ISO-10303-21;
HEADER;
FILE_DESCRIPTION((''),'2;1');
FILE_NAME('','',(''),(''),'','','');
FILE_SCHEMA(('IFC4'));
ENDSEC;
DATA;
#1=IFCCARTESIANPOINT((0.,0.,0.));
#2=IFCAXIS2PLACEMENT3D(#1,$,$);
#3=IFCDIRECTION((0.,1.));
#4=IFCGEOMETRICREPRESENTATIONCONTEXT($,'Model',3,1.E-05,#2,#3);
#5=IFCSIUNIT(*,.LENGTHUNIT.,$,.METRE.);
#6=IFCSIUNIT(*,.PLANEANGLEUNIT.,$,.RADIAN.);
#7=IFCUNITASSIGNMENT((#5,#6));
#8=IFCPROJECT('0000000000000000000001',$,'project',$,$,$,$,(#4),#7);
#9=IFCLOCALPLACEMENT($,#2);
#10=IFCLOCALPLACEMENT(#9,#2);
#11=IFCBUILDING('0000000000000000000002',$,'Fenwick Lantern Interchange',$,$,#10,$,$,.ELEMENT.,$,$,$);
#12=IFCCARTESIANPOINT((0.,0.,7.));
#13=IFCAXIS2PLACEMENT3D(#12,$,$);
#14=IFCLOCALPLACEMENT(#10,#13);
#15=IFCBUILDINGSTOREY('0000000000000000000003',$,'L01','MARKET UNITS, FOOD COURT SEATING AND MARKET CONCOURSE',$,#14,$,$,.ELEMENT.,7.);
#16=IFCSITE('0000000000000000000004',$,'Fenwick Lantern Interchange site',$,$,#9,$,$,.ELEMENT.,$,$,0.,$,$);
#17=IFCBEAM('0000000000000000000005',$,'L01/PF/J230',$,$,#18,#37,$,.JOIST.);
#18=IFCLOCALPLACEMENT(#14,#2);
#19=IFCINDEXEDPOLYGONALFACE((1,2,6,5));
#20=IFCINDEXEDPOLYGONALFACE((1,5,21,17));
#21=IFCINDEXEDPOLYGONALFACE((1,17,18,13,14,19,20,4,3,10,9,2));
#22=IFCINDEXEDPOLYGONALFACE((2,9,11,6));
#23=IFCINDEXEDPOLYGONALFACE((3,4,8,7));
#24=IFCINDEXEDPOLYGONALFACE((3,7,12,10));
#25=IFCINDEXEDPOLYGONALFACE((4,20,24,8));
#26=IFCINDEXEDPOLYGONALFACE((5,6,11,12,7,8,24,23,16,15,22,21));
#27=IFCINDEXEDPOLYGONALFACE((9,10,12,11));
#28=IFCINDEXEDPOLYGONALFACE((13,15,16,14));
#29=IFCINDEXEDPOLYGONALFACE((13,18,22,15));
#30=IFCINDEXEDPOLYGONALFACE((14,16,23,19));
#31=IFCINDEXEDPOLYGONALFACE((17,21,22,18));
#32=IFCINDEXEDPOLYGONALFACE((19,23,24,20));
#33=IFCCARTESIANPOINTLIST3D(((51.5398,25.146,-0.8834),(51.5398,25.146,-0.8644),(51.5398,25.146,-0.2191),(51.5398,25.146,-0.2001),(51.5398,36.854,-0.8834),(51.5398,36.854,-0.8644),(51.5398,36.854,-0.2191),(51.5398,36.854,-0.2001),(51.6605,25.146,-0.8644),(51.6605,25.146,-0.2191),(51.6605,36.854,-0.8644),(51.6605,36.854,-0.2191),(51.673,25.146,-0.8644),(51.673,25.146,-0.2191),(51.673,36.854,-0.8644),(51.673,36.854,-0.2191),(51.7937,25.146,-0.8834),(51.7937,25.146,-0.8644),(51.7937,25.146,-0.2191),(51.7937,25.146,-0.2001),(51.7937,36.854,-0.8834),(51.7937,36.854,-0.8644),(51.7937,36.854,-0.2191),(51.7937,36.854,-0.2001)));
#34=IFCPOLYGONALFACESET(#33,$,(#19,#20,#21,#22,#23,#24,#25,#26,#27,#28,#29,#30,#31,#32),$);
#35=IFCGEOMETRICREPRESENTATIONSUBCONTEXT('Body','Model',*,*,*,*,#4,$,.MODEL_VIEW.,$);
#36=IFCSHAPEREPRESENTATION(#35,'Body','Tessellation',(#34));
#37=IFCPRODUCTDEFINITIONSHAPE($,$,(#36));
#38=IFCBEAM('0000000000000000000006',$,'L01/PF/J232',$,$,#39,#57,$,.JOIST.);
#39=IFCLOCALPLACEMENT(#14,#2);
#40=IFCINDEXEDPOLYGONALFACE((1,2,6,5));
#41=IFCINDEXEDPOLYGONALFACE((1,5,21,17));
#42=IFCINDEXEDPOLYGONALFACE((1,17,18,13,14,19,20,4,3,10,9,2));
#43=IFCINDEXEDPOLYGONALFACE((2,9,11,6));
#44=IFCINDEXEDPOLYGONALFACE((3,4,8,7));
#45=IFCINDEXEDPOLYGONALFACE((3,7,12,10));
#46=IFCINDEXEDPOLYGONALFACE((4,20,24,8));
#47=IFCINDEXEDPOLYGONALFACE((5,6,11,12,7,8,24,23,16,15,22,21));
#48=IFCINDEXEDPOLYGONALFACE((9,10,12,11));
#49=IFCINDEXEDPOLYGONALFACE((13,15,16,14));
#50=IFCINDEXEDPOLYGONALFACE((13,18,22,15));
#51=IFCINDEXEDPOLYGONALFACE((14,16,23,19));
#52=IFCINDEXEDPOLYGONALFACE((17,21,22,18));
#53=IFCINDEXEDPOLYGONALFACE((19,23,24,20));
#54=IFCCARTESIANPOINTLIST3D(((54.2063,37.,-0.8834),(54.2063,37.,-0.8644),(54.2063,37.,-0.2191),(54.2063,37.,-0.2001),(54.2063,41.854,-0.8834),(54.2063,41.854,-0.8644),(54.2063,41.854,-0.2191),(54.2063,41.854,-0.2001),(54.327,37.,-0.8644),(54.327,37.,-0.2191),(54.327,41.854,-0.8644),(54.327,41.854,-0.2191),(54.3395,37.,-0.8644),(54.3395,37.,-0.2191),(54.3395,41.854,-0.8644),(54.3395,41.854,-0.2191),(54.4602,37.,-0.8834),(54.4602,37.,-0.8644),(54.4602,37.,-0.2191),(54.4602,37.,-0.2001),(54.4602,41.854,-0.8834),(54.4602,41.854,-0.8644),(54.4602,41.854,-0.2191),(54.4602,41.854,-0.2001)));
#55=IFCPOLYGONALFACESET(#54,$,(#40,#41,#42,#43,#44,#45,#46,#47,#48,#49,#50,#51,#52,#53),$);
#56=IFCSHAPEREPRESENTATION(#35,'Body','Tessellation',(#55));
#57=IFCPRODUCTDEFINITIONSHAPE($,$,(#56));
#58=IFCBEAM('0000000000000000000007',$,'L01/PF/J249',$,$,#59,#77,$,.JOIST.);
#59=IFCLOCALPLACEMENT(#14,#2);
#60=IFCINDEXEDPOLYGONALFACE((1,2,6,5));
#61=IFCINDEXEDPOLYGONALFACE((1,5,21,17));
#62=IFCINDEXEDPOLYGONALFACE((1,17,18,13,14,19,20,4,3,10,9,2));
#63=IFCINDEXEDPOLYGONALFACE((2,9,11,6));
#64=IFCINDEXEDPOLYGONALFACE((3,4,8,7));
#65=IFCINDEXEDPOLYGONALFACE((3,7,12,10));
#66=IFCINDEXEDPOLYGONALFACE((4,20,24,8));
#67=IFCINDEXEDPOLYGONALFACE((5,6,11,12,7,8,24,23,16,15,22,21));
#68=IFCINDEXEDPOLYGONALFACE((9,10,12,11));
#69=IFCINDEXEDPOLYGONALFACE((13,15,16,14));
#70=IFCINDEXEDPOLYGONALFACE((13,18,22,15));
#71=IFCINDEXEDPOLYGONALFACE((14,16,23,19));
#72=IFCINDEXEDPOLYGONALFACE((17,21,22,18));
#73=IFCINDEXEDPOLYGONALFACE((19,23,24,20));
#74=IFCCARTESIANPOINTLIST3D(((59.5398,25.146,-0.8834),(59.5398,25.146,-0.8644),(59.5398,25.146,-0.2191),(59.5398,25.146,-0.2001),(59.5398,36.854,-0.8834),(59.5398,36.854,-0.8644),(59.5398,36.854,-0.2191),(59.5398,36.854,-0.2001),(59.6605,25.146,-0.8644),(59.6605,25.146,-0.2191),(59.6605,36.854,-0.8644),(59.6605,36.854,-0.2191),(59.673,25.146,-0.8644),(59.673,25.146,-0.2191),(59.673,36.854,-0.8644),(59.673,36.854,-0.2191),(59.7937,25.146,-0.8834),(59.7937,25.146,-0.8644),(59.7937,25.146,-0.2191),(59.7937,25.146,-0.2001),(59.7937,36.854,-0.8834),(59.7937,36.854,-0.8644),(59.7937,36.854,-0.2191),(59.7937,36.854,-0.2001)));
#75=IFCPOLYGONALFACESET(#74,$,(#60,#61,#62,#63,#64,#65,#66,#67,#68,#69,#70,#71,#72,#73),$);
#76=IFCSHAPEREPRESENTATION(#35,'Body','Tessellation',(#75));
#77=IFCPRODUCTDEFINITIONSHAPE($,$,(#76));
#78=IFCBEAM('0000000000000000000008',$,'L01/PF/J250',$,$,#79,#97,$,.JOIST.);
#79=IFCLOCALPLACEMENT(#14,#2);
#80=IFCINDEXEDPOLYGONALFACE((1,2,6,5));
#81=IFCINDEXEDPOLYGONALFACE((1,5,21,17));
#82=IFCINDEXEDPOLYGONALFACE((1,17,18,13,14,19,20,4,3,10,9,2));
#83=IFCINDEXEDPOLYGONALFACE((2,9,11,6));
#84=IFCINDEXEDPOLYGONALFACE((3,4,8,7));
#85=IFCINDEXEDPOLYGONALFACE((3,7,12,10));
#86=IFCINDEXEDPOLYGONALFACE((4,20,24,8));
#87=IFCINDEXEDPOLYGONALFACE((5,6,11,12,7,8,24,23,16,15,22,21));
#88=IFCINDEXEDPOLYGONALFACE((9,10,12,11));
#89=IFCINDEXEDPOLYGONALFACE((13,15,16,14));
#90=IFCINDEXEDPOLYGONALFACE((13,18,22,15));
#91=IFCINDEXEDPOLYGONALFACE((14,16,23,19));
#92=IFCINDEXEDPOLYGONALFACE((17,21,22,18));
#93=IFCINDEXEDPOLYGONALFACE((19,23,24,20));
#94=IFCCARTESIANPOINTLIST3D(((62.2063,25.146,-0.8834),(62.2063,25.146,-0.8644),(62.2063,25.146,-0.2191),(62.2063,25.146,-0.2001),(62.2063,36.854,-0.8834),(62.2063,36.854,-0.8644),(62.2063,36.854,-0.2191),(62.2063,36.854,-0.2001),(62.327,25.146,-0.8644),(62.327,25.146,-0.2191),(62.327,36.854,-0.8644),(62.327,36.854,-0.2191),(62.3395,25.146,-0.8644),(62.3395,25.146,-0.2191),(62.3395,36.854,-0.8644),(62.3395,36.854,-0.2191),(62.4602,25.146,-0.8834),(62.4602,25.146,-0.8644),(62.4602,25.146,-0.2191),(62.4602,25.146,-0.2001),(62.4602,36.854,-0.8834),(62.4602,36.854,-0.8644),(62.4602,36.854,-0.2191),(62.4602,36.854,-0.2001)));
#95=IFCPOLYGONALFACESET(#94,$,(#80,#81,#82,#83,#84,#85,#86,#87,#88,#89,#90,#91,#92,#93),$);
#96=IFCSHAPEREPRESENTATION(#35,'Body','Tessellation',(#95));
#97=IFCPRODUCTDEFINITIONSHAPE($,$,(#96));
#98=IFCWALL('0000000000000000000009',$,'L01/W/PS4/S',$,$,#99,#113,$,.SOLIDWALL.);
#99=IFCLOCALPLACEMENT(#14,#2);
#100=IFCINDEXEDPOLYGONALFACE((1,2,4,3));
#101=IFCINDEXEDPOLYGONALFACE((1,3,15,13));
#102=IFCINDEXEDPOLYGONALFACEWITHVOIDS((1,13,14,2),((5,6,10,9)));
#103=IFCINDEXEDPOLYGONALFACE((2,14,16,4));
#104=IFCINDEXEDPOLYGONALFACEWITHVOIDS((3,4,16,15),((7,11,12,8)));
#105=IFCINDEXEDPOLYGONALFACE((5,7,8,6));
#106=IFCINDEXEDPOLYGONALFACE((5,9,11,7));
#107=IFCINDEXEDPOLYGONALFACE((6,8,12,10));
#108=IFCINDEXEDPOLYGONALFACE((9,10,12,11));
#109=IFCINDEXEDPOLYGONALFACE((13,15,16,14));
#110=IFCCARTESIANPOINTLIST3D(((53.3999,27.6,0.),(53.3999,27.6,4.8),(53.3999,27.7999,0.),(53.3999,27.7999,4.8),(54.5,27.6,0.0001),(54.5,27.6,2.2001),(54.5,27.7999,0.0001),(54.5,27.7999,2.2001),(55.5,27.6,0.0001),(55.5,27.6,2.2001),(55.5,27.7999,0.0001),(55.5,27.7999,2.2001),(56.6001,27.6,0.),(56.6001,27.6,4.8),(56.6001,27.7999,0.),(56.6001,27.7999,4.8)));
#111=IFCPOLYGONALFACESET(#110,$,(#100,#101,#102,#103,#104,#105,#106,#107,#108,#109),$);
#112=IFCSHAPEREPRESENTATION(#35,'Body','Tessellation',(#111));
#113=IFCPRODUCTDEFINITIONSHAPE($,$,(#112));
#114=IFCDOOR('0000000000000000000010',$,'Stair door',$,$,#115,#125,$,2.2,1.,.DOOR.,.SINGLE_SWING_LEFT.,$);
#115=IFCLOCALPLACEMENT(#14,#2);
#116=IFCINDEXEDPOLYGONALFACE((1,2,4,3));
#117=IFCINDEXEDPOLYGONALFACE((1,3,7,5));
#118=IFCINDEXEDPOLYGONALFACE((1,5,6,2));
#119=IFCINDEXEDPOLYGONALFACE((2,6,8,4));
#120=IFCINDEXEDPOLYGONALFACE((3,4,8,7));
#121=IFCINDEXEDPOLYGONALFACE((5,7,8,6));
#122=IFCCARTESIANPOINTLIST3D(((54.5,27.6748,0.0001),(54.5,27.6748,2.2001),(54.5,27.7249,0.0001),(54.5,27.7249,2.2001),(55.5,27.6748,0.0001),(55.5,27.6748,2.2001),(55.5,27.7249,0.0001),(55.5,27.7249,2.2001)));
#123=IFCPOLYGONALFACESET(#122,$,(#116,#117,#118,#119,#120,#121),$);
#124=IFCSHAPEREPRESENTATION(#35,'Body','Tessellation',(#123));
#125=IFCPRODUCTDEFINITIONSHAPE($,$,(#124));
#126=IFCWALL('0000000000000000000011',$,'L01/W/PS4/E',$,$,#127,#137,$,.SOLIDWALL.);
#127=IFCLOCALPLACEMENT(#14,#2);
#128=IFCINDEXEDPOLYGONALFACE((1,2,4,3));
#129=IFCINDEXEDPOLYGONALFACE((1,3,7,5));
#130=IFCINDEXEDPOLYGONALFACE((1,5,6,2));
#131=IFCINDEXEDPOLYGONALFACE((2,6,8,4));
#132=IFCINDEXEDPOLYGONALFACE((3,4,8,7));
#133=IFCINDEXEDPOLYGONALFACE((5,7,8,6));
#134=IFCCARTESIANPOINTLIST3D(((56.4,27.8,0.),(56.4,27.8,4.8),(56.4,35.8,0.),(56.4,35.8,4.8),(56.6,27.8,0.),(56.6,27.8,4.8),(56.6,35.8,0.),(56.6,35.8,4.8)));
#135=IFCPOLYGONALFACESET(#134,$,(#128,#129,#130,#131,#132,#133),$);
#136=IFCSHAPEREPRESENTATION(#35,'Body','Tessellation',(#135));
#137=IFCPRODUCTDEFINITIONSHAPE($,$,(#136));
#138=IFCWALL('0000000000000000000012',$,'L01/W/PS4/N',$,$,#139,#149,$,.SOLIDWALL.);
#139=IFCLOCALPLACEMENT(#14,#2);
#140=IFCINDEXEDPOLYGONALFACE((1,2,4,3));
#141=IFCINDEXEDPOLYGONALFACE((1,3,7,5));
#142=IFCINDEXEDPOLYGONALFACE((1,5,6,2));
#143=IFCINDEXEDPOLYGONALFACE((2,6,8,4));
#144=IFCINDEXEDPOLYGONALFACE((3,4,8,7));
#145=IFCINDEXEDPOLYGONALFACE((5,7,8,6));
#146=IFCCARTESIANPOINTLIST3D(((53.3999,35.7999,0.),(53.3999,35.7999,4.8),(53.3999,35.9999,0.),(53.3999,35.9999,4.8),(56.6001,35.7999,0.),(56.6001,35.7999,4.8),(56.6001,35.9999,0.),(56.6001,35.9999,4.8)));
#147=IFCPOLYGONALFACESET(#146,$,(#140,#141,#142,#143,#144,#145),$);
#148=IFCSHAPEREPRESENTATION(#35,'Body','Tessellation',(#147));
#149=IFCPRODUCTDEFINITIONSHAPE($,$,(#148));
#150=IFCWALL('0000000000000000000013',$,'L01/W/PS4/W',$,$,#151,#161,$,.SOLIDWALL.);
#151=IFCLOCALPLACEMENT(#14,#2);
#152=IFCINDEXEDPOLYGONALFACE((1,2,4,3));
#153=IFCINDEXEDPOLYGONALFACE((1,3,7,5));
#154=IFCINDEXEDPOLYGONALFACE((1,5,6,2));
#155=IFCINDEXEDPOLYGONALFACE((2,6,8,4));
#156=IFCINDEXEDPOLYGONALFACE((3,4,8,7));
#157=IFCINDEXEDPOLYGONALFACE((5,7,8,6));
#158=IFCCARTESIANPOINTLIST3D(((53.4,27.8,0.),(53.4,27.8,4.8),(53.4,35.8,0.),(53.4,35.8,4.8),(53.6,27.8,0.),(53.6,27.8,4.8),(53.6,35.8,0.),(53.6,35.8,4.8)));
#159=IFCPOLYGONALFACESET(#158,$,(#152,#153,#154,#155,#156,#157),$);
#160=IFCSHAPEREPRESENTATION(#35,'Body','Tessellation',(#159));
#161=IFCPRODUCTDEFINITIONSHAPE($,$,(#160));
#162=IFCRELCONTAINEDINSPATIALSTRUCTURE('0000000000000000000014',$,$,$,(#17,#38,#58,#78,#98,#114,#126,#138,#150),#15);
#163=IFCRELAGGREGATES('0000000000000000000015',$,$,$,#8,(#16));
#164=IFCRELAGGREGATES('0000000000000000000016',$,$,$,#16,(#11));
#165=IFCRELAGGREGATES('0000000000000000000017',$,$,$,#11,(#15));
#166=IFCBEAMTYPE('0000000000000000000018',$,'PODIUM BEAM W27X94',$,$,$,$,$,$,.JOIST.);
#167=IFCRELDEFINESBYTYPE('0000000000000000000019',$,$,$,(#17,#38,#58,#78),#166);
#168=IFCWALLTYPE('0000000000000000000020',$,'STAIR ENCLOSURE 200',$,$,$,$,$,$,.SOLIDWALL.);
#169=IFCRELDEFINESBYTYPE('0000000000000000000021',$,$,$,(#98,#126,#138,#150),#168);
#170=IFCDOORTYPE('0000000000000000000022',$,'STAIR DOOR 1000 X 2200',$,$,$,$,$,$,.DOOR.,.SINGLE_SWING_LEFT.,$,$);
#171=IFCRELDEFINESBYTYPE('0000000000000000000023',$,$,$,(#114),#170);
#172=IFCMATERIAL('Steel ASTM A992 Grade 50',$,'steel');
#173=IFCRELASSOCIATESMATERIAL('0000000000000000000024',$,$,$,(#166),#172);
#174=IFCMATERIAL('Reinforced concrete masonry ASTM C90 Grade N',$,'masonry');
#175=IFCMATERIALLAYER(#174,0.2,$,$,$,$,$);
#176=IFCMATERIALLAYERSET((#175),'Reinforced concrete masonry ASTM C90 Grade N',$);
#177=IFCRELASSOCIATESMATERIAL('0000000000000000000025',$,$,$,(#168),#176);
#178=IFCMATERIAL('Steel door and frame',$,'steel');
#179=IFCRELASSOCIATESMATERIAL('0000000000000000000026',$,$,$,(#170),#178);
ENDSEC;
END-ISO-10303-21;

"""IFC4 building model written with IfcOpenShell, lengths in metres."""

from ifc_helpers import new_model, si_unit, direction, frame, frame_2d, origin, origin_2d, place, context, subcontext, project, spatial, rectangle, i_section, extrude, material, layer, layer_set, material_profile, profile_set, type_object, element, fill, save


model = new_model("IFC4")

# Units and contexts
model_context = context("Model", 3, precision=1e-05, world=origin(), true_north=direction((0.0, 1.0)))
body_context = subcontext(model_context, "Body", "Model", "MODEL_VIEW")
ifc_project = project(units=[si_unit("LENGTHUNIT", "METRE"), si_unit("PLANEANGLEUNIT", "RADIAN")], contexts=[model_context])

# Site, building, storey
site_placement = place(None, origin())
site = spatial("IfcSite", under=ifc_project, at=site_placement, Name="Fenwick Lantern Interchange site", CompositionType="ELEMENT", RefElevation=0.0)
building_placement = place(site_placement, origin())
building = spatial("IfcBuilding", under=site, at=building_placement, Name="Fenwick Lantern Interchange", CompositionType="ELEMENT")
storey_placement = place(building_placement, frame((0.0, 0.0, 7.0)))
storey = spatial("IfcBuildingStorey", under=building, at=storey_placement, Name="L01", Description="MARKET UNITS, FOOD COURT SEATING AND MARKET CONCOURSE", CompositionType="ELEMENT", Elevation=7.0)

# Shared definitions
ifc_material_1 = material(Name="Steel ASTM A992 Grade 50", Category="steel")

# Beams
ifc_material_profile_1 = material_profile(ifc_material_1, i_section(OverallWidth=0.2539, OverallDepth=0.6833, WebThickness=0.0125, FlangeThickness=0.019, at=origin_2d()), Name="W27X94")
ifc_profile_set_1 = profile_set([ifc_material_profile_1], Name="Steel ASTM A992 Grade 50")
beam_type_1 = type_object("IfcBeamType", Name="PODIUM BEAM W27X94", PredefinedType="JOIST", material=ifc_profile_set_1)
beam_1_placement = place(storey_placement, frame((51.6667, 25.146, -0.5417), z_axis=(0.0, 1.0, 0.0), x_axis=(-1.0, 0.0, 0.0)))
element("IfcBeam", 1, at=beam_1_placement, inside=storey, type_object=beam_type_1, Name="L01/PF/J230", PredefinedType="JOIST", context=body_context, shape_type="SweptSolid", body=[
    extrude(i_section(OverallWidth=0.2539, OverallDepth=0.6833, WebThickness=0.0125, FlangeThickness=0.019, at=origin_2d()), origin(), (0.0, 0.0, 1.0), 11.708),
])
beam_2_placement = place(storey_placement, frame((54.3333, 37.0, -0.5417), z_axis=(0.0, 1.0, 0.0), x_axis=(-1.0, 0.0, 0.0)))
element("IfcBeam", 2, at=beam_2_placement, inside=storey, type_object=beam_type_1, Name="L01/PF/J232", PredefinedType="JOIST", context=body_context, shape_type="SweptSolid", body=[
    extrude(i_section(OverallWidth=0.2539, OverallDepth=0.6833, WebThickness=0.0125, FlangeThickness=0.019, at=origin_2d()), origin(), (0.0, 0.0, 1.0), 4.854),
])
for number, where, z_axis, x_axis, name in (
    (3, (59.6667, 25.146, -0.5417), (0.0, 1.0, 0.0), (-1.0, 0.0, 0.0), "L01/PF/J249"),
    (4, (62.3333, 25.146, -0.5417), (0.0, 1.0, 0.0), (-1.0, 0.0, 0.0), "L01/PF/J250"),
):
    element("IfcBeam", number, at=place(storey_placement, frame(where, z_axis=z_axis, x_axis=x_axis)), inside=storey, type_object=beam_type_1, Name=name, PredefinedType="JOIST", context=body_context, shape_type="SweptSolid", body=[
        extrude(i_section(OverallWidth=0.2539, OverallDepth=0.6833, WebThickness=0.0125, FlangeThickness=0.019, at=origin_2d()), origin(), (0.0, 0.0, 1.0), 11.708),
    ])

# Wall, opening, door
ifc_material_2 = material(Name="Reinforced concrete masonry ASTM C90 Grade N", Category="masonry")
ifc_layer = layer(ifc_material_2, 0.2)
ifc_layer_set = layer_set([ifc_layer], Name="Reinforced concrete masonry ASTM C90 Grade N")
wall_type = type_object("IfcWallType", Name="STAIR ENCLOSURE 200", PredefinedType="SOLIDWALL", material=ifc_layer_set)
wall_1_placement = place(storey_placement, frame((53.3999, 27.7, 0.0), z_axis=(0.0, 0.0, 1.0), x_axis=(1.0, 0.0, 0.0)))
wall_1 = element("IfcWall", 5, at=wall_1_placement, inside=storey, type_object=wall_type, Name="L01/W/PS4/S", PredefinedType="SOLIDWALL", context=body_context, shape_type="SweptSolid", body=[
    extrude(rectangle(XDim=3.2002, YDim=0.2, at=frame_2d((1.6001, 0.0))), origin(), (0.0, 0.0, 1.0), 4.8),
])
opening_placement = place(wall_1_placement, frame((1.1001, 0.0, 0.0)))
opening = element("IfcOpeningElement", 6, at=opening_placement, cuts=wall_1, PredefinedType="OPENING", context=body_context, shape_type="SweptSolid", body=[
    extrude(rectangle(XDim=1.0, YDim=2.2, at=frame_2d((0.5, 1.1001))), frame((0.0, 0.1099, 0.0), z_axis=(0.0, -1.0, 0.0), x_axis=(1.0, 0.0, 0.0)), (0.0, 0.0, 1.0), 0.22),
])
ifc_material_3 = material(Name="Steel door and frame", Category="steel")
door_type = type_object("IfcDoorType", Name="STAIR DOOR 1000 X 2200", OperationType="SINGLE_SWING_LEFT", PredefinedType="DOOR", material=ifc_material_3)
door_placement = place(opening_placement, origin())
door = element("IfcDoor", 7, at=door_placement, inside=storey, type_object=door_type, Name="Stair door", OperationType="SINGLE_SWING_LEFT", OverallHeight=2.2, OverallWidth=1.0, PredefinedType="DOOR", context=body_context, shape_type="SweptSolid", body=[
    extrude(rectangle(XDim=1.0, YDim=2.2, at=frame_2d((0.5, 1.1001))), frame((0.0, 0.0249, 0.0), z_axis=(0.0, -1.0, 0.0), x_axis=(1.0, 0.0, 0.0)), (0.0, 0.0, 1.0), 0.05),
])
fill(opening, door)

# Walls
wall_2_placement = place(storey_placement, frame((56.5, 27.8, 0.0), z_axis=(0.0, 0.0, 1.0), x_axis=(0.0, 1.0, 0.0)))
element("IfcWall", 8, at=wall_2_placement, inside=storey, type_object=wall_type, Name="L01/W/PS4/E", PredefinedType="SOLIDWALL", context=body_context, shape_type="SweptSolid", body=[
    extrude(rectangle(XDim=8.0, YDim=0.2, at=frame_2d((4.0, 0.0))), origin(), (0.0, 0.0, 1.0), 4.8),
])
wall_3_placement = place(storey_placement, frame((56.6001, 35.8999, 0.0), z_axis=(0.0, 0.0, 1.0), x_axis=(-1.0, 0.0, 0.0)))
element("IfcWall", 9, at=wall_3_placement, inside=storey, type_object=wall_type, Name="L01/W/PS4/N", PredefinedType="SOLIDWALL", context=body_context, shape_type="SweptSolid", body=[
    extrude(rectangle(XDim=3.2002, YDim=0.2, at=frame_2d((1.6001, 0.0))), origin(), (0.0, 0.0, 1.0), 4.8),
])
wall_4_placement = place(storey_placement, frame((53.5, 35.8, 0.0), z_axis=(0.0, 0.0, 1.0), x_axis=(0.0, -1.0, 0.0)))
element("IfcWall", 10, at=wall_4_placement, inside=storey, type_object=wall_type, Name="L01/W/PS4/W", PredefinedType="SOLIDWALL", context=body_context, shape_type="SweptSolid", body=[
    extrude(rectangle(XDim=8.0, YDim=0.2, at=frame_2d((4.0, 0.0))), origin(), (0.0, 0.0, 1.0), 4.8),
])

save(model, "model.ifc")
